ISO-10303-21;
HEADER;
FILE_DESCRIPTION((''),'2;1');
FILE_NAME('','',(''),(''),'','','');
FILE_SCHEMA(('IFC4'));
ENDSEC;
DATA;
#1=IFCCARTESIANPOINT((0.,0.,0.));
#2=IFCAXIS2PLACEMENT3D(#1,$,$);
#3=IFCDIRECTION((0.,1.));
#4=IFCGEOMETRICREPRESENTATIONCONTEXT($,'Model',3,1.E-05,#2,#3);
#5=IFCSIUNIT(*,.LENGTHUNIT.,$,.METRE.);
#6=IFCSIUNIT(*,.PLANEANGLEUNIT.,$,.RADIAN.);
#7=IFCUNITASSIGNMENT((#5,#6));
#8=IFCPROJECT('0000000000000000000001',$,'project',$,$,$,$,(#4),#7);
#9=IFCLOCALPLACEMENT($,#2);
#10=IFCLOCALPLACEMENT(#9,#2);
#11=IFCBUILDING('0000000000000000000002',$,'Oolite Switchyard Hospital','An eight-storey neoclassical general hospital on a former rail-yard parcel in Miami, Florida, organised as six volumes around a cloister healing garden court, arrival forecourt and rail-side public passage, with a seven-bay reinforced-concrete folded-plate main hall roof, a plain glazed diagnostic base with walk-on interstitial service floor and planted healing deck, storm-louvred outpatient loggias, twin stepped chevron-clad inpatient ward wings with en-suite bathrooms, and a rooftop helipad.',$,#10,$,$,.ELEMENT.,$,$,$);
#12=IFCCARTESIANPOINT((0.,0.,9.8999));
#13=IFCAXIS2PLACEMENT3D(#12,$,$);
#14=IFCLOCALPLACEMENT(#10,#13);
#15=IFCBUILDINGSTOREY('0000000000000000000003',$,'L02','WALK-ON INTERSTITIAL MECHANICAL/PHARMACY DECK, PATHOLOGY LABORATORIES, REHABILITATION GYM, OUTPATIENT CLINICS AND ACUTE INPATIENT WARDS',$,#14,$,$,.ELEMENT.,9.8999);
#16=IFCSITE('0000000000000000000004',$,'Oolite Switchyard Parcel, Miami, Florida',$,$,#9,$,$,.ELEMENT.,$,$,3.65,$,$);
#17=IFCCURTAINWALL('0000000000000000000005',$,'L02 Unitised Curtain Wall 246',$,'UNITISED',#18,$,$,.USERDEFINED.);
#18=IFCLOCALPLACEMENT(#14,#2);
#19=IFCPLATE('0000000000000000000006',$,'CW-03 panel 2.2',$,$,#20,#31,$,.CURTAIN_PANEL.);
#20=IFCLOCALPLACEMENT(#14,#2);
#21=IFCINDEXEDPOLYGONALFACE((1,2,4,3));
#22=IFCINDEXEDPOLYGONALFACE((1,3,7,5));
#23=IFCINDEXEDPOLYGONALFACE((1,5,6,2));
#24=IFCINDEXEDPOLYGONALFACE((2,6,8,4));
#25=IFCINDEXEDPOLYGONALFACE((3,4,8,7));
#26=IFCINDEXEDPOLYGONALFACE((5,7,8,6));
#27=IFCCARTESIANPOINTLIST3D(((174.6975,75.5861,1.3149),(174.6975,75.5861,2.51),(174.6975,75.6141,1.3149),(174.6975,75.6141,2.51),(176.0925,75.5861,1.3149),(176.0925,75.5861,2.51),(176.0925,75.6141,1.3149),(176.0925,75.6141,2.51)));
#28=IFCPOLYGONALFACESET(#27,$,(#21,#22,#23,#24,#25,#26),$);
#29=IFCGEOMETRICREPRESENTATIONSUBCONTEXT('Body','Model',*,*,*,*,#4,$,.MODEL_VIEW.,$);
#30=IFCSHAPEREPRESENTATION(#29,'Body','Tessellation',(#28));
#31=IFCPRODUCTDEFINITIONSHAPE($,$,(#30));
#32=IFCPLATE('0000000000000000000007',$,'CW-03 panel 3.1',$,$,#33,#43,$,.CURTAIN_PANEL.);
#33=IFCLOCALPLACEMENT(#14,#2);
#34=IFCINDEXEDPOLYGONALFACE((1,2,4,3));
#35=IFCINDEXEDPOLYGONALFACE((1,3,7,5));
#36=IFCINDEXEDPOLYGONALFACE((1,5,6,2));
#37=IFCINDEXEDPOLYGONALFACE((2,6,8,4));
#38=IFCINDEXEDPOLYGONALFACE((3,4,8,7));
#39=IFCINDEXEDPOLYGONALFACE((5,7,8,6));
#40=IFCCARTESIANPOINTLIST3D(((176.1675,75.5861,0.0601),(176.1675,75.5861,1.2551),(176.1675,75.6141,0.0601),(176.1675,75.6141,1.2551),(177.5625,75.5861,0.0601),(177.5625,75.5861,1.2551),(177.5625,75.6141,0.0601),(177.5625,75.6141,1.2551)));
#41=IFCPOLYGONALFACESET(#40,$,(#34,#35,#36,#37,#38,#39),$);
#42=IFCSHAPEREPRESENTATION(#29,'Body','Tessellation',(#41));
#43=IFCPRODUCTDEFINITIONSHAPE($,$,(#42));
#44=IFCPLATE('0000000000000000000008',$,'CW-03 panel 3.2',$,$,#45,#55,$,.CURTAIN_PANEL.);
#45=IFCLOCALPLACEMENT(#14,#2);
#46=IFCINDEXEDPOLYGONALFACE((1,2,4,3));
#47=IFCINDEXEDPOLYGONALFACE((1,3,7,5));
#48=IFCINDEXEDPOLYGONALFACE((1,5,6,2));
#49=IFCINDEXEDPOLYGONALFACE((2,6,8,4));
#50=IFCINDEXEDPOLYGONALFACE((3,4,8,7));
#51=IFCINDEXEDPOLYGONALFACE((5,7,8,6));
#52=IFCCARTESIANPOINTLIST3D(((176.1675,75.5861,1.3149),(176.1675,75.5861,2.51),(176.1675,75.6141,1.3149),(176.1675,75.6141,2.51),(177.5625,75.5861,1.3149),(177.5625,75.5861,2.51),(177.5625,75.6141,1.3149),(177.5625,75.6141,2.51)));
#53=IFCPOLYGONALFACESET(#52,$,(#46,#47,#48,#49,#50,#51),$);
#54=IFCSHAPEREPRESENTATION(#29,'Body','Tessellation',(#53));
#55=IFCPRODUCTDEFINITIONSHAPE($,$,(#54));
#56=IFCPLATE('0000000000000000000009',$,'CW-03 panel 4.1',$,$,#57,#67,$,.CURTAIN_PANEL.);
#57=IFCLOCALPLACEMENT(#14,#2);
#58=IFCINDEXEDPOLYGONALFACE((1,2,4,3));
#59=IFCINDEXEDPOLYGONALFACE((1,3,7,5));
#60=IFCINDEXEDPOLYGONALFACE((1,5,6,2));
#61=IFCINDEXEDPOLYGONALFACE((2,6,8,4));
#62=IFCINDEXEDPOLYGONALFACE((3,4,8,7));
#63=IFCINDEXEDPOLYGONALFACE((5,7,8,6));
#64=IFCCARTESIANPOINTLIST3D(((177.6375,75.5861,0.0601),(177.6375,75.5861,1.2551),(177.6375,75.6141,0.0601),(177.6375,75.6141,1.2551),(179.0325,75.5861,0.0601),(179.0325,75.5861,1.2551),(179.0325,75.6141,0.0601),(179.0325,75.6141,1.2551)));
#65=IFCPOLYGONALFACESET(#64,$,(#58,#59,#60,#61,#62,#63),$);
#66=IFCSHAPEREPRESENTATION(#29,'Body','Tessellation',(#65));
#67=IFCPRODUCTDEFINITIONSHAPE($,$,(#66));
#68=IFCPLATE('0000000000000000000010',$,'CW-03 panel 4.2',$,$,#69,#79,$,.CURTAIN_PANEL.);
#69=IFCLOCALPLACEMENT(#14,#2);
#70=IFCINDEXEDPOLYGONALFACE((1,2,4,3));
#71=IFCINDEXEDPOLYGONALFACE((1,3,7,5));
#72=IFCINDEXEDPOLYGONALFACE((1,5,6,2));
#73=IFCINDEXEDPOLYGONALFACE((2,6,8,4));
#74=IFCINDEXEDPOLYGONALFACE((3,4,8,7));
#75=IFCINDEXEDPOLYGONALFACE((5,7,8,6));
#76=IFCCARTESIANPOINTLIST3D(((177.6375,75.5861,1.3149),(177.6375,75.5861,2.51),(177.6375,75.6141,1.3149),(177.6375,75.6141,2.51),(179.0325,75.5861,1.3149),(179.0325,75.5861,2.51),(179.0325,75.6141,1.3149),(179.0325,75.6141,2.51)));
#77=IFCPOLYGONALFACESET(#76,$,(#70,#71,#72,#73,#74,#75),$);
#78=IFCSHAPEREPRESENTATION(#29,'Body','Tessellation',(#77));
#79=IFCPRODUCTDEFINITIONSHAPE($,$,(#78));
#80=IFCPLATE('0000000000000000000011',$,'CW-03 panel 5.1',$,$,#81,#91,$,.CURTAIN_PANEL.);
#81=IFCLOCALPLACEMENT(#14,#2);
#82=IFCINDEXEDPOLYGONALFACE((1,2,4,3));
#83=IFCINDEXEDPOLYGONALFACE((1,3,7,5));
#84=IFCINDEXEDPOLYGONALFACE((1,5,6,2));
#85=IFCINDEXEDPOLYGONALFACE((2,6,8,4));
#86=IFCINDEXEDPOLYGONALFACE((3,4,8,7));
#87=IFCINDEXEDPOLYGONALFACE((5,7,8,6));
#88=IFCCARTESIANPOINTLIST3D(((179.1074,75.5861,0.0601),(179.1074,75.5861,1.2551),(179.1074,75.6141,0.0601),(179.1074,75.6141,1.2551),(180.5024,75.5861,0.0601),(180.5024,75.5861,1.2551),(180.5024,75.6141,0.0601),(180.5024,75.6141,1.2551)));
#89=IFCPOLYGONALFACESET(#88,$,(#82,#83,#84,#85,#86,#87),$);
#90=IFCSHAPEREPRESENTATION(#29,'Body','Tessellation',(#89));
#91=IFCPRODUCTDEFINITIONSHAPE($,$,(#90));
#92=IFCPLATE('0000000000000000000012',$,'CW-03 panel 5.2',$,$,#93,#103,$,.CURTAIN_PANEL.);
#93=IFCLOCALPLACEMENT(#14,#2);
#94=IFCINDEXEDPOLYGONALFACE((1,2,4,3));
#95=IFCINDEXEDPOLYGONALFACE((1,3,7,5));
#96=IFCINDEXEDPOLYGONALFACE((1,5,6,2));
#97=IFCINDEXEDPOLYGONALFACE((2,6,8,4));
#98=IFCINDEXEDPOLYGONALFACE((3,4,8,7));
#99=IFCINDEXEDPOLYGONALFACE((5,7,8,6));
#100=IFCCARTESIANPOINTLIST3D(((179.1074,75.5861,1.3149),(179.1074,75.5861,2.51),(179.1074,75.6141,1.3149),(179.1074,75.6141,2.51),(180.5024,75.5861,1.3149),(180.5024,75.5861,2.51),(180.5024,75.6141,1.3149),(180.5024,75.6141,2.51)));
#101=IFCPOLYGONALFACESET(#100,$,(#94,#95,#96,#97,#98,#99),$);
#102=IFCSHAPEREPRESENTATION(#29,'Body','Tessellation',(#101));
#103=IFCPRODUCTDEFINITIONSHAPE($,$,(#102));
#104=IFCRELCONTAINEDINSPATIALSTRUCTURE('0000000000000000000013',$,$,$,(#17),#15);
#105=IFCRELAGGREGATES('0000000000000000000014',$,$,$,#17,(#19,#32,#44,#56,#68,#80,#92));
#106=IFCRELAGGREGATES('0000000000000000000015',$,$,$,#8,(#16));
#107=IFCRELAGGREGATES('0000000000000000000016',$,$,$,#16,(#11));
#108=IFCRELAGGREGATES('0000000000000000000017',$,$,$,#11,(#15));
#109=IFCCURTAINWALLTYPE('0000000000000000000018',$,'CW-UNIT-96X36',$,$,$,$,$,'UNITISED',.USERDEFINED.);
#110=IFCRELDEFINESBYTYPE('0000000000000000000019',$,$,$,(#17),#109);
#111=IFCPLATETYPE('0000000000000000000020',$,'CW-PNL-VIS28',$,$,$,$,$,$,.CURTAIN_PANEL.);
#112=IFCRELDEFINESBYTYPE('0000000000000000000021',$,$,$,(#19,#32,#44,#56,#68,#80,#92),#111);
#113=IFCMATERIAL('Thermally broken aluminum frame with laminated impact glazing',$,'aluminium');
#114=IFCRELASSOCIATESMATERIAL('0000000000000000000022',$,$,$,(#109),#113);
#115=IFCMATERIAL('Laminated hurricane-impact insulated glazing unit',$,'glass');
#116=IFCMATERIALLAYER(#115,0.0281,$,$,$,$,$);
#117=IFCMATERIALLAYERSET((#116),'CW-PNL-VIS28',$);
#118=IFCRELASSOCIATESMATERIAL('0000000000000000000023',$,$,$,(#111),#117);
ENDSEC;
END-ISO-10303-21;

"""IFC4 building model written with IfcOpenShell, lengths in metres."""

from ifc_helpers import new_model, si_unit, direction, frame, origin, origin_2d, place, context, subcontext, project, spatial, rectangle, extrude, material, layer, layer_set, type_object, element, aggregate, save


model = new_model("IFC4")

# Units and contexts
model_context = context("Model", 3, precision=1e-05, world=origin(), true_north=direction((0.0, 1.0)))
body_context = subcontext(model_context, "Body", "Model", "MODEL_VIEW")
ifc_project = project(units=[si_unit("LENGTHUNIT", "METRE"), si_unit("PLANEANGLEUNIT", "RADIAN")], contexts=[model_context])

# Site, building, storey
site_placement = place(None, origin())
site = spatial("IfcSite", under=ifc_project, at=site_placement, Name="Oolite Switchyard Parcel, Miami, Florida", CompositionType="ELEMENT", RefElevation=3.65)
building_placement = place(site_placement, origin())
building = spatial("IfcBuilding", under=site, at=building_placement, Name="Oolite Switchyard Hospital", Description="An eight-storey neoclassical general hospital on a former rail-yard parcel in Miami, Florida, organised as six volumes around a cloister healing garden court, arrival forecourt and rail-side public passage, with a seven-bay reinforced-concrete folded-plate main hall roof, a plain glazed diagnostic base with walk-on interstitial service floor and planted healing deck, storm-louvred outpatient loggias, twin stepped chevron-clad inpatient ward wings with en-suite bathrooms, and a rooftop helipad.", CompositionType="ELEMENT")
storey_placement = place(building_placement, frame((0.0, 0.0, 9.8999)))
storey = spatial("IfcBuildingStorey", under=building, at=storey_placement, Name="L02", Description="WALK-ON INTERSTITIAL MECHANICAL/PHARMACY DECK, PATHOLOGY LABORATORIES, REHABILITATION GYM, OUTPATIENT CLINICS AND ACUTE INPATIENT WARDS", CompositionType="ELEMENT", Elevation=9.8999)

# Curtain wall, plates
ifc_material_1 = material(Name="Thermally broken aluminum frame with laminated impact glazing", Category="aluminium")
curtain_wall_type = type_object("IfcCurtainWallType", Name="CW-UNIT-96X36", ElementType="UNITISED", PredefinedType="USERDEFINED", material=ifc_material_1)
curtain_wall_placement = place(storey_placement, origin())
curtain_wall = element("IfcCurtainWall", 1, at=curtain_wall_placement, inside=storey, type_object=curtain_wall_type, Name="L02 Unitised Curtain Wall 246", ObjectType="UNITISED", PredefinedType="USERDEFINED")
ifc_material_2 = material(Name="Laminated hurricane-impact insulated glazing unit", Category="glass")
ifc_layer = layer(ifc_material_2, 0.0281)
ifc_layer_set = layer_set([ifc_layer], Name="CW-PNL-VIS28")
plate_type = type_object("IfcPlateType", Name="CW-PNL-VIS28", PredefinedType="CURTAIN_PANEL", material=ifc_layer_set)
plate_1_placement = place(storey_placement, frame((175.395, 75.6001, 1.3149), z_axis=(0.0, 0.0, 1.0), x_axis=(1.0, 0.0, 0.0)))
plate_1 = element("IfcPlate", 2, at=plate_1_placement, type_object=plate_type, Name="CW-03 panel 2.2", PredefinedType="CURTAIN_PANEL", context=body_context, shape_type="SweptSolid", body=[
    extrude(rectangle(XDim=1.395, YDim=0.0281, at=origin_2d()), origin(), (0.0, 0.0, 1.0), 1.1951),
])
plate_2_placement = place(storey_placement, frame((176.865, 75.6001, 0.0601), z_axis=(0.0, 0.0, 1.0), x_axis=(1.0, 0.0, 0.0)))
plate_2 = element("IfcPlate", 3, at=plate_2_placement, type_object=plate_type, Name="CW-03 panel 3.1", PredefinedType="CURTAIN_PANEL", context=body_context, shape_type="SweptSolid", body=[
    extrude(rectangle(XDim=1.395, YDim=0.0281, at=origin_2d()), origin(), (0.0, 0.0, 1.0), 1.1951),
])
plate_3_placement = place(storey_placement, frame((176.865, 75.6001, 1.3149), z_axis=(0.0, 0.0, 1.0), x_axis=(1.0, 0.0, 0.0)))
plate_3 = element("IfcPlate", 4, at=plate_3_placement, type_object=plate_type, Name="CW-03 panel 3.2", PredefinedType="CURTAIN_PANEL", context=body_context, shape_type="SweptSolid", body=[
    extrude(rectangle(XDim=1.395, YDim=0.0281, at=origin_2d()), origin(), (0.0, 0.0, 1.0), 1.1951),
])
plate_4_placement = place(storey_placement, frame((178.335, 75.6001, 0.0601), z_axis=(0.0, 0.0, 1.0), x_axis=(1.0, 0.0, 0.0)))
plate_4 = element("IfcPlate", 5, at=plate_4_placement, type_object=plate_type, Name="CW-03 panel 4.1", PredefinedType="CURTAIN_PANEL", context=body_context, shape_type="SweptSolid", body=[
    extrude(rectangle(XDim=1.395, YDim=0.0281, at=origin_2d()), origin(), (0.0, 0.0, 1.0), 1.1951),
])
plate_5_placement = place(storey_placement, frame((178.335, 75.6001, 1.3149), z_axis=(0.0, 0.0, 1.0), x_axis=(1.0, 0.0, 0.0)))
plate_5 = element("IfcPlate", 6, at=plate_5_placement, type_object=plate_type, Name="CW-03 panel 4.2", PredefinedType="CURTAIN_PANEL", context=body_context, shape_type="SweptSolid", body=[
    extrude(rectangle(XDim=1.395, YDim=0.0281, at=origin_2d()), origin(), (0.0, 0.0, 1.0), 1.1951),
])
plate_6_placement = place(storey_placement, frame((179.8049, 75.6001, 0.0601), z_axis=(0.0, 0.0, 1.0), x_axis=(1.0, 0.0, 0.0)))
plate_6 = element("IfcPlate", 7, at=plate_6_placement, type_object=plate_type, Name="CW-03 panel 5.1", PredefinedType="CURTAIN_PANEL", context=body_context, shape_type="SweptSolid", body=[
    extrude(rectangle(XDim=1.395, YDim=0.0281, at=origin_2d()), origin(), (0.0, 0.0, 1.0), 1.1951),
])
plate_7_placement = place(storey_placement, frame((179.8049, 75.6001, 1.3149), z_axis=(0.0, 0.0, 1.0), x_axis=(1.0, 0.0, 0.0)))
plate_7 = element("IfcPlate", 8, at=plate_7_placement, type_object=plate_type, Name="CW-03 panel 5.2", PredefinedType="CURTAIN_PANEL", context=body_context, shape_type="SweptSolid", body=[
    extrude(rectangle(XDim=1.395, YDim=0.0281, at=origin_2d()), origin(), (0.0, 0.0, 1.0), 1.1951),
])
aggregate(curtain_wall, [plate_1, plate_2, plate_3, plate_4, plate_5, plate_6, plate_7])

save(model, "model.ifc")
